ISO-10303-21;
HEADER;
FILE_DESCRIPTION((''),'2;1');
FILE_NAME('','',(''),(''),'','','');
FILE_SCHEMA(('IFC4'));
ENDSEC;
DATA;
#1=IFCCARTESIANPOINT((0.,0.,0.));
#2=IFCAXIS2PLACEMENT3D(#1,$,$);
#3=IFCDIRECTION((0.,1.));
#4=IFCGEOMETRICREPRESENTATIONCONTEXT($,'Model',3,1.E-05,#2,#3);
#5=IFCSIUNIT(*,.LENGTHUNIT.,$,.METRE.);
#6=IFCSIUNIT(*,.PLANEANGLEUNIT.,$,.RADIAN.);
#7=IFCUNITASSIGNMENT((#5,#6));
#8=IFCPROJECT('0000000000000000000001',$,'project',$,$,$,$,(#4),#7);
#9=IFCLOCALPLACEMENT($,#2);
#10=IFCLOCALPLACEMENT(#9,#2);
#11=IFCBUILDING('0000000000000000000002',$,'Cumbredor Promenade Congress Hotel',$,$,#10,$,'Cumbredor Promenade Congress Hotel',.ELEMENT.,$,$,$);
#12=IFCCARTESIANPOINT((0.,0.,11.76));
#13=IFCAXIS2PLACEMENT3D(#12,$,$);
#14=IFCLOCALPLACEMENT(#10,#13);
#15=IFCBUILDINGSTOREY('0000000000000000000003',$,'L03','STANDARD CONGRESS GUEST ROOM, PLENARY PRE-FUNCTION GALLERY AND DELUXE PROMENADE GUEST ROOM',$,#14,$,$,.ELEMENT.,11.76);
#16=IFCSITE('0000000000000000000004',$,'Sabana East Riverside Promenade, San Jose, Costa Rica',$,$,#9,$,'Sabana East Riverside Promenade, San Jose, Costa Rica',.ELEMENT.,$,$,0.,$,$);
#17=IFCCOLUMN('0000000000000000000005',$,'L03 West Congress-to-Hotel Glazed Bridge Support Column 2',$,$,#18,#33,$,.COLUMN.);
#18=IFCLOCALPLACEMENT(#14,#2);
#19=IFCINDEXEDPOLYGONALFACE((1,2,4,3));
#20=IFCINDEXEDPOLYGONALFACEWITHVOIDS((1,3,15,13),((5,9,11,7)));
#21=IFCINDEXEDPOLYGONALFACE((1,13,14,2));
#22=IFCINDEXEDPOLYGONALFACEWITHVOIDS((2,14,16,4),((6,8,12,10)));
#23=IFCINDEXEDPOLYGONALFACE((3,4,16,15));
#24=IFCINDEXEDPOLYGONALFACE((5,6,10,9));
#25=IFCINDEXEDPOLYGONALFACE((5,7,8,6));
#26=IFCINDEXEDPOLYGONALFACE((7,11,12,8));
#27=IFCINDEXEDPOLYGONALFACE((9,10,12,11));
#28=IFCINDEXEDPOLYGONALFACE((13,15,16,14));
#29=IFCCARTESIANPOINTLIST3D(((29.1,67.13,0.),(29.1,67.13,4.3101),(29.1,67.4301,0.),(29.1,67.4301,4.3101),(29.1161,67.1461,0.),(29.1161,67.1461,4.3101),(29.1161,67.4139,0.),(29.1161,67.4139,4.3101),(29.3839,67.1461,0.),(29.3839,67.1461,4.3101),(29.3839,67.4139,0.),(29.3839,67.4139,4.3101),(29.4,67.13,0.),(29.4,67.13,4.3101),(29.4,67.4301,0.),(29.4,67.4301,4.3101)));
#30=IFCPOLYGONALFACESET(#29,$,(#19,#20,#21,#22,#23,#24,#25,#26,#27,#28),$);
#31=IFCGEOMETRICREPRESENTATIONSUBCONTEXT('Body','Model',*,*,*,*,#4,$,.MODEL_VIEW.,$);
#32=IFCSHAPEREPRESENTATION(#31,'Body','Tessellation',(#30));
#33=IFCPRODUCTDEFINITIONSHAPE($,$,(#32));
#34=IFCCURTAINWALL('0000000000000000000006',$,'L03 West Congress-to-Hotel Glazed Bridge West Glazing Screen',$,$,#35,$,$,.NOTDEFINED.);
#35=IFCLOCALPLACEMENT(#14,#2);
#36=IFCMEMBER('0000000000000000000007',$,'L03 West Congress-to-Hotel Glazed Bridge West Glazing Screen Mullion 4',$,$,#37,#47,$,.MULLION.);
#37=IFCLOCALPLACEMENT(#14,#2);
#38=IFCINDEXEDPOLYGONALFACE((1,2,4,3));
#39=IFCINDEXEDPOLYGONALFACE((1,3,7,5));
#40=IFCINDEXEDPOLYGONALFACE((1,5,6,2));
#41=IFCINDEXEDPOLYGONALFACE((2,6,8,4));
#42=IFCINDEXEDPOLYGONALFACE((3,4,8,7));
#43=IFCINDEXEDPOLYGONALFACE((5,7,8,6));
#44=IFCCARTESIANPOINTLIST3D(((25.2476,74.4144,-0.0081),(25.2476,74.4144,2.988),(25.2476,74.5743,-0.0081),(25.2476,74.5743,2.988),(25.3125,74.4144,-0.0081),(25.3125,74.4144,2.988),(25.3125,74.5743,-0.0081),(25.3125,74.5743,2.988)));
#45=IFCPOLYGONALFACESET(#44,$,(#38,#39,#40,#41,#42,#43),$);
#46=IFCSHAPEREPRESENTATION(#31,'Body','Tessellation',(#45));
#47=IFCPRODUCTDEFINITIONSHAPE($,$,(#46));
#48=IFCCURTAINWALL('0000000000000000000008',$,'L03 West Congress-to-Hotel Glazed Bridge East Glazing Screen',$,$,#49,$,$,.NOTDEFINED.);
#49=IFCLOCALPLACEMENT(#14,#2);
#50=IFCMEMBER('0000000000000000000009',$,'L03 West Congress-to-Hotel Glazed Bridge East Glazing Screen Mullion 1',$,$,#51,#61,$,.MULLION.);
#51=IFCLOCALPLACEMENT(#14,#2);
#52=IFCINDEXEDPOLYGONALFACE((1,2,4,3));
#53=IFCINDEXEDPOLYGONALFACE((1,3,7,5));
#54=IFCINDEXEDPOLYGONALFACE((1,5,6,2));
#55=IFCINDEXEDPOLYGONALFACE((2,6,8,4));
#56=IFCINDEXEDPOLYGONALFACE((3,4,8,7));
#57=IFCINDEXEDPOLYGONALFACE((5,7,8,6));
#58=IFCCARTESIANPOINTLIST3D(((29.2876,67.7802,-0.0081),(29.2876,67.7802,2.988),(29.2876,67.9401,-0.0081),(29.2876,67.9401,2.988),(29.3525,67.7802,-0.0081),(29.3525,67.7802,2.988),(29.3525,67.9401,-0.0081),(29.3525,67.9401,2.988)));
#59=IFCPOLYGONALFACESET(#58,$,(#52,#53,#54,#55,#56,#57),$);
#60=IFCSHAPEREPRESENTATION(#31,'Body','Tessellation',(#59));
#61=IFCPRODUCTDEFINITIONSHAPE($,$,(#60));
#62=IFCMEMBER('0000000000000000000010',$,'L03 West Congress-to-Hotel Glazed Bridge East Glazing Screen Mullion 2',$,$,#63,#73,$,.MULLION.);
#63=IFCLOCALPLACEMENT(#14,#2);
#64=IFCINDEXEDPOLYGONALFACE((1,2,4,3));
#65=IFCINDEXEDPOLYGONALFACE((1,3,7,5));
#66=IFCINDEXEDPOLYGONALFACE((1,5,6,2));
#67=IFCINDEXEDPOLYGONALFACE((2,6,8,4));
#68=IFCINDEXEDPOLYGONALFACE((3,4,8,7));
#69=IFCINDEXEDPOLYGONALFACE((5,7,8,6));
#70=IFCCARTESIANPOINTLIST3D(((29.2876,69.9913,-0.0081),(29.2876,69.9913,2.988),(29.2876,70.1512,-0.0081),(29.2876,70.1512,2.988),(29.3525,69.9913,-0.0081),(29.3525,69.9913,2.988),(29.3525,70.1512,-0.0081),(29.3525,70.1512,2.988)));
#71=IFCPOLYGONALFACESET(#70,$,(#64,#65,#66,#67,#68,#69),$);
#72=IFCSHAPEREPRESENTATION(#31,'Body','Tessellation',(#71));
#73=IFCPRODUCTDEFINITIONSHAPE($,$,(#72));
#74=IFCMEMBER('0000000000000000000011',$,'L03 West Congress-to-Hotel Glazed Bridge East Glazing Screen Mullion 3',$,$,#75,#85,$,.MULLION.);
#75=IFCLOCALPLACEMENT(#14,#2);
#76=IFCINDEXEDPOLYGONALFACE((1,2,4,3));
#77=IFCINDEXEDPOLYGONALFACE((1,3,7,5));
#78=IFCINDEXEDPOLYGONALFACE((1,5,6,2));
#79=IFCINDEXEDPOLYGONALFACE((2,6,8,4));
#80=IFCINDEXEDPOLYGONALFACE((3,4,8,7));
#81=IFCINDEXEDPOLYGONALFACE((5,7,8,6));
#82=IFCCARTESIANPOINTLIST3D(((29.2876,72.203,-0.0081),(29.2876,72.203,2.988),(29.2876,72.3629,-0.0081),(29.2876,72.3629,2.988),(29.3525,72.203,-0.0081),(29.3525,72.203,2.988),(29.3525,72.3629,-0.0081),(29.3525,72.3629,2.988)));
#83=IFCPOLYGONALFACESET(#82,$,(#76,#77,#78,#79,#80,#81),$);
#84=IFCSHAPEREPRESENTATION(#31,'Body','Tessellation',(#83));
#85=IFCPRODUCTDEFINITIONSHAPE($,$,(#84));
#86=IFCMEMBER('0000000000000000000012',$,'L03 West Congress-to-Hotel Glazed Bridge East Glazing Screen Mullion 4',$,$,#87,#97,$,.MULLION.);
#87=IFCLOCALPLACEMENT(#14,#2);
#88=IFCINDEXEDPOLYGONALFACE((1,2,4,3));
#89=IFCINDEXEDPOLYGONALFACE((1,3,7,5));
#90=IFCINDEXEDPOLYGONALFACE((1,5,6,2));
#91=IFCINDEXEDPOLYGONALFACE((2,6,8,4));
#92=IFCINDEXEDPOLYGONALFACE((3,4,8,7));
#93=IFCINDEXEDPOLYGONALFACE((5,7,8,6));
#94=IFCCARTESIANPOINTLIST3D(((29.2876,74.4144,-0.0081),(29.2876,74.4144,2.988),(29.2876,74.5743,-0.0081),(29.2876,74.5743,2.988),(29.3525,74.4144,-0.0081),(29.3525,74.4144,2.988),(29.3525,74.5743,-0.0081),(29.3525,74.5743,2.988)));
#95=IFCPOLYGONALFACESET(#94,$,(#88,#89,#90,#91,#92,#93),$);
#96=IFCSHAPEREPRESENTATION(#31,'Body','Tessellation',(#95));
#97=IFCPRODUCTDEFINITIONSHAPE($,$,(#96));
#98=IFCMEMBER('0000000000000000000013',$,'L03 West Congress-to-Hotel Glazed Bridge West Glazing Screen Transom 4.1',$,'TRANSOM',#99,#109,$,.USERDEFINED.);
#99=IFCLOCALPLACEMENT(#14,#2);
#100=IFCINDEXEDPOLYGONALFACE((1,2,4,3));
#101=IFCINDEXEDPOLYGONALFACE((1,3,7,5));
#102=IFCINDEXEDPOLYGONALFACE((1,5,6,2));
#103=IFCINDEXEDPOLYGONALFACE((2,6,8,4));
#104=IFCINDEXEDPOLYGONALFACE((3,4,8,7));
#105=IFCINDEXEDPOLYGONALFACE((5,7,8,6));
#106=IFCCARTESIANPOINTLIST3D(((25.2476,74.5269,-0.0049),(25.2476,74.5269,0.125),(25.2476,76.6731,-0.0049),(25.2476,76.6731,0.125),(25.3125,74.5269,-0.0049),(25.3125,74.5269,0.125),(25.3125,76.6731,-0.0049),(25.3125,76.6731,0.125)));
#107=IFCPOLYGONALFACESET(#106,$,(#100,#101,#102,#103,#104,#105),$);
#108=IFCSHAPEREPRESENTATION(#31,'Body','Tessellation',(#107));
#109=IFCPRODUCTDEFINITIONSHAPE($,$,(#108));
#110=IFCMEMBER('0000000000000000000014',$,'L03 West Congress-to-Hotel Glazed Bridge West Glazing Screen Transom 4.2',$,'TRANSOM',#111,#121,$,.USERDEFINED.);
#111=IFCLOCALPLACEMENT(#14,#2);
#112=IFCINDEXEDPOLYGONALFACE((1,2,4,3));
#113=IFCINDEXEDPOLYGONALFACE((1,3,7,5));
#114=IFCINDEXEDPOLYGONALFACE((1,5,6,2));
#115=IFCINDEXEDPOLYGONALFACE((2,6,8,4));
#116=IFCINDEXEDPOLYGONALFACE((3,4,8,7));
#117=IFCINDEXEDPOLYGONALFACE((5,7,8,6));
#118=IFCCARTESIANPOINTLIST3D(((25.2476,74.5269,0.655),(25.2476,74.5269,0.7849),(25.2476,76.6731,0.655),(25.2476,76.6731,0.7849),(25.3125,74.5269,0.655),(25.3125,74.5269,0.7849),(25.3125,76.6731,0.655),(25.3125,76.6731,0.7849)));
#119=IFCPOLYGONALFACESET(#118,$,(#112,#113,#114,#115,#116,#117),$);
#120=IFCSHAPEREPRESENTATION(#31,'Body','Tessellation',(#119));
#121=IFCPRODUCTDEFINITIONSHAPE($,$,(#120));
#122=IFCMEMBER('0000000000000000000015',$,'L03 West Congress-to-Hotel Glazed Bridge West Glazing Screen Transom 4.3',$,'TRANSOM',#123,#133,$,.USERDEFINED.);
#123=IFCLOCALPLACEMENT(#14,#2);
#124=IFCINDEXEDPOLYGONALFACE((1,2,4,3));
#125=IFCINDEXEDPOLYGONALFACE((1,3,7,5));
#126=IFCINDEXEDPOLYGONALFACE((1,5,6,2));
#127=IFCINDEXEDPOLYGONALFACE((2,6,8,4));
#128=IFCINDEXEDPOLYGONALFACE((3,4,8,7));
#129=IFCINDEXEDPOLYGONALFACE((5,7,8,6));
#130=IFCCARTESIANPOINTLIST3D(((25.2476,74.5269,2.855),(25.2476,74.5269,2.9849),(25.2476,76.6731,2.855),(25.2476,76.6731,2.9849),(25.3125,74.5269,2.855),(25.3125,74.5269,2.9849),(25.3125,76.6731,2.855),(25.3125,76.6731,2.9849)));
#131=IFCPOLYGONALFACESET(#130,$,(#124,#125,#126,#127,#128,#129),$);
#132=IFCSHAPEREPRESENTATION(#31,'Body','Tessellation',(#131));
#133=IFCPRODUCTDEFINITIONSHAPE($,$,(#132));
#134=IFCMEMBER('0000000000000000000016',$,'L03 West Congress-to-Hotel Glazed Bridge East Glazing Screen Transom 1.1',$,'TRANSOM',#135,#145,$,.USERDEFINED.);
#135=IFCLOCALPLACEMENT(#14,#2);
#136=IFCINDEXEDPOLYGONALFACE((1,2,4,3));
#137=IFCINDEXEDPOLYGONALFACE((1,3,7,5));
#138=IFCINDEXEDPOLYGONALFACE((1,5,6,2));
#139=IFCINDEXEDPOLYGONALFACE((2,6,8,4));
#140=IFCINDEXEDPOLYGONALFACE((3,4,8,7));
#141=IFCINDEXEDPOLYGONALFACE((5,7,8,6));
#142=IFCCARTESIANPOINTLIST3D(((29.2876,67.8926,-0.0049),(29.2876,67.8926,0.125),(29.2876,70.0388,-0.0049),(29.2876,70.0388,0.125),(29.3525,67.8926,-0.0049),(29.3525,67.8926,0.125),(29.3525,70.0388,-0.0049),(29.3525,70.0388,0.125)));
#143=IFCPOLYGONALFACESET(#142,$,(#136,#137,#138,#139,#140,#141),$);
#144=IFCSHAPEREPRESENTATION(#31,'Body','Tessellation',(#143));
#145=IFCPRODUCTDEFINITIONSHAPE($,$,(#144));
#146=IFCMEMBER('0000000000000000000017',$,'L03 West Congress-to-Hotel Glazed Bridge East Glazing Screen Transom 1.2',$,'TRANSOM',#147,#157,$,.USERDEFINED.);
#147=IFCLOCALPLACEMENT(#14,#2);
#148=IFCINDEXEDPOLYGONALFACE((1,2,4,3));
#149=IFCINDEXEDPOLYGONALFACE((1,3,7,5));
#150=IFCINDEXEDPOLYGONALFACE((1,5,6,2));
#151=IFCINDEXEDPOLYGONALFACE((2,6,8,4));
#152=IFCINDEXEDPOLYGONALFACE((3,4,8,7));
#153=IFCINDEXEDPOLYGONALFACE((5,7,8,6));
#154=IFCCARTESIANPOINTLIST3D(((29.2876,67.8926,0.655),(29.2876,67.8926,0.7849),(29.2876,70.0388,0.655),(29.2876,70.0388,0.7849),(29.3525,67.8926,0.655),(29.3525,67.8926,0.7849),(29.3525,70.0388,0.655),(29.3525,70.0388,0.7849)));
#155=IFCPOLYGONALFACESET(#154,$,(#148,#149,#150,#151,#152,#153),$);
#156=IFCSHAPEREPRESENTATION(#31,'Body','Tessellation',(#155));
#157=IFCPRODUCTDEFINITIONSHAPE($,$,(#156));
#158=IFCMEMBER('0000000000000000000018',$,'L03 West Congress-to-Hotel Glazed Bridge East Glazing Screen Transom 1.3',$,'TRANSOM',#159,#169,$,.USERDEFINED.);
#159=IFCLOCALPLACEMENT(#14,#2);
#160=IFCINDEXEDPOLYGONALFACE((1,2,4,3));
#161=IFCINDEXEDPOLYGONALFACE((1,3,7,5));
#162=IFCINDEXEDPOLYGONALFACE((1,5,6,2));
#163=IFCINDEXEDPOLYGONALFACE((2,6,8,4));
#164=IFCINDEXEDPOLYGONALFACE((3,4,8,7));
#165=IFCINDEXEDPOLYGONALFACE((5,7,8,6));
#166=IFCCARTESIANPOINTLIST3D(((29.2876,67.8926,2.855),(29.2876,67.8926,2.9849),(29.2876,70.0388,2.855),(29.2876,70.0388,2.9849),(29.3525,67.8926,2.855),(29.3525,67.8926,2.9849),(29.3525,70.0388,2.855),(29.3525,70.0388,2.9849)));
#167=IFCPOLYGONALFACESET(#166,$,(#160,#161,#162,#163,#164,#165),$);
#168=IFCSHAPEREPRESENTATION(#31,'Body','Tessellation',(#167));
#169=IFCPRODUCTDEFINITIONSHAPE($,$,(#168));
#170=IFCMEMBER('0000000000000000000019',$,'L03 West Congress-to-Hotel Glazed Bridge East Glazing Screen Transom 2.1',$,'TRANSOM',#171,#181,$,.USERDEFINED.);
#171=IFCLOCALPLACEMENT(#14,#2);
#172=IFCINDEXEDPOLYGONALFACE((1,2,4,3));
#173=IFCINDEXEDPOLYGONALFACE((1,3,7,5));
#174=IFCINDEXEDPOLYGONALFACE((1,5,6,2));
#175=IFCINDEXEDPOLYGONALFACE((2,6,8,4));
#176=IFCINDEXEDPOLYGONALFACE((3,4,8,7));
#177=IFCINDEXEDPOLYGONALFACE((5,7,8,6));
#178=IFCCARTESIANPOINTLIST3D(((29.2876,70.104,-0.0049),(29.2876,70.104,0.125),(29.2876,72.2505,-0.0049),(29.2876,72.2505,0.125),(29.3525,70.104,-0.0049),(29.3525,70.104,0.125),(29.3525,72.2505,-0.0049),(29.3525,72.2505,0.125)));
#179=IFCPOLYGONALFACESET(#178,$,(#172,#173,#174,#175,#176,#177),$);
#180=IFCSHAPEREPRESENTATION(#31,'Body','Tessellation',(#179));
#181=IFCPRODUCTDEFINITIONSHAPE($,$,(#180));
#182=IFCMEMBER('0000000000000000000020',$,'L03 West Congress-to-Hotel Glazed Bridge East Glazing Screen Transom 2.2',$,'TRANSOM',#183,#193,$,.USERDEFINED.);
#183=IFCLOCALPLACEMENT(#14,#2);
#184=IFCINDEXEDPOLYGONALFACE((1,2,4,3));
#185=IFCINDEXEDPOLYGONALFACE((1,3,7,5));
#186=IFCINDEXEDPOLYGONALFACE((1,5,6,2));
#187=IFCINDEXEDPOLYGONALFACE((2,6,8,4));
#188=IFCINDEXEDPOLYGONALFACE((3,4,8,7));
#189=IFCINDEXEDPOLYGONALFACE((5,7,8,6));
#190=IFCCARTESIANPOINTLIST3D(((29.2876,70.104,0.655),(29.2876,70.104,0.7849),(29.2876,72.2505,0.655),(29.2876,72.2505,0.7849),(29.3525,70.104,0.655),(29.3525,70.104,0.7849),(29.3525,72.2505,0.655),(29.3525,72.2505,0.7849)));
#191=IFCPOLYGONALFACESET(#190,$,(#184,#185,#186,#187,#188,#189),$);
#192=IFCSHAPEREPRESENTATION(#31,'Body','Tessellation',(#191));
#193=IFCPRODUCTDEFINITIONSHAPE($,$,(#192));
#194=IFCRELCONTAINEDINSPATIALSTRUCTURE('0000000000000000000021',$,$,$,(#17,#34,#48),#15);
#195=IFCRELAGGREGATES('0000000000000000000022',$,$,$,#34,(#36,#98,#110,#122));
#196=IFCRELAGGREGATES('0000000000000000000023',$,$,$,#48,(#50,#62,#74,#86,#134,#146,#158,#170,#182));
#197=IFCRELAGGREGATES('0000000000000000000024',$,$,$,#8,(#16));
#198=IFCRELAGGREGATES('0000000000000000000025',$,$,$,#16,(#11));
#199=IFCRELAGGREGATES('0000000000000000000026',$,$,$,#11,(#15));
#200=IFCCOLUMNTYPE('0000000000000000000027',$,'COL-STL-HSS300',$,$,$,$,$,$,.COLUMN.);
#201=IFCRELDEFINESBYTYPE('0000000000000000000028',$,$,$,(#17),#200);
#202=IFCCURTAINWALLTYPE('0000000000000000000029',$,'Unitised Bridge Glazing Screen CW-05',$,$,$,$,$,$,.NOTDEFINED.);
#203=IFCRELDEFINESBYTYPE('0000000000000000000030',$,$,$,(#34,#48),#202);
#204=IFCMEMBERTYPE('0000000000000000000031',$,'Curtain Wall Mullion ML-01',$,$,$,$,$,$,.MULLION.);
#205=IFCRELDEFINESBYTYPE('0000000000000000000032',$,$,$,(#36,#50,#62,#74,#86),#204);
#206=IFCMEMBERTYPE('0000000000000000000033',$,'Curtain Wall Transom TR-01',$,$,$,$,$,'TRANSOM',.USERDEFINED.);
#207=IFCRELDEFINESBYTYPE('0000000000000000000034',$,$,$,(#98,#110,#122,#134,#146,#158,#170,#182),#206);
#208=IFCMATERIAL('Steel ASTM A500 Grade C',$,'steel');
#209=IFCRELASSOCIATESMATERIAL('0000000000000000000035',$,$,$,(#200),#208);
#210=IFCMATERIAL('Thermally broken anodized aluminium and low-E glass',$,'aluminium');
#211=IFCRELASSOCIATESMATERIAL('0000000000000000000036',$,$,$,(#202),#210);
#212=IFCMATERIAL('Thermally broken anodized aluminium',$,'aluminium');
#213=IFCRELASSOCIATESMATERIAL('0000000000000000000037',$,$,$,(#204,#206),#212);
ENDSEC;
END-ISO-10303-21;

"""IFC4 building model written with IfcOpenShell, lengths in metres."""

from ifc_helpers import new_model, si_unit, direction, frame, origin, origin_2d, place, context, subcontext, project, spatial, rectangle, hollow_rectangle, extrude, material, material_profile, profile_set, type_object, element, aggregate, save


model = new_model("IFC4")

# Units and contexts
model_context = context("Model", 3, precision=1e-05, world=origin(), true_north=direction((0.0, 1.0)))
body_context = subcontext(model_context, "Body", "Model", "MODEL_VIEW")
ifc_project = project(units=[si_unit("LENGTHUNIT", "METRE"), si_unit("PLANEANGLEUNIT", "RADIAN")], contexts=[model_context])

# Site, building, storey
site_placement = place(None, origin())
site = spatial("IfcSite", under=ifc_project, at=site_placement, Name="Sabana East Riverside Promenade, San Jose, Costa Rica", LongName="Sabana East Riverside Promenade, San Jose, Costa Rica", CompositionType="ELEMENT", RefElevation=0.0)
building_placement = place(site_placement, origin())
building = spatial("IfcBuilding", under=site, at=building_placement, Name="Cumbredor Promenade Congress Hotel", LongName="Cumbredor Promenade Congress Hotel", CompositionType="ELEMENT")
storey_placement = place(building_placement, frame((0.0, 0.0, 11.76)))
storey = spatial("IfcBuildingStorey", under=building, at=storey_placement, Name="L03", Description="STANDARD CONGRESS GUEST ROOM, PLENARY PRE-FUNCTION GALLERY AND DELUXE PROMENADE GUEST ROOM", CompositionType="ELEMENT", Elevation=11.76)

# Column
ifc_material_1 = material(Name="Steel ASTM A500 Grade C", Category="steel")
ifc_material_profile_1 = material_profile(ifc_material_1, hollow_rectangle(XDim=0.3, YDim=0.3, WallThickness=0.0161, at=origin_2d()), Name="HSS 300x300x16")
ifc_profile_set_1 = profile_set([ifc_material_profile_1], Name="Steel ASTM A500 Grade C")
column_type = type_object("IfcColumnType", Name="COL-STL-HSS300", PredefinedType="COLUMN", material=ifc_profile_set_1)
column_placement = place(storey_placement, frame((29.25, 67.28, 0.0), z_axis=(0.0, 0.0, 1.0), x_axis=(1.0, 0.0, 0.0)))
element("IfcColumn", 1, at=column_placement, inside=storey, type_object=column_type, Name="L03 West Congress-to-Hotel Glazed Bridge Support Column 2", PredefinedType="COLUMN", context=body_context, shape_type="SweptSolid", body=[
    extrude(hollow_rectangle(XDim=0.3, YDim=0.3, WallThickness=0.0161, at=origin_2d()), origin(), (0.0, 0.0, 1.0), 4.3101),
])

# Curtain wall, member
ifc_material_2 = material(Name="Thermally broken anodized aluminium and low-E glass", Category="aluminium")
curtain_wall_type = type_object("IfcCurtainWallType", Name="Unitised Bridge Glazing Screen CW-05", PredefinedType="NOTDEFINED", material=ifc_material_2)
curtain_wall_1_placement = place(storey_placement, origin())
curtain_wall_1 = element("IfcCurtainWall", 2, at=curtain_wall_1_placement, inside=storey, type_object=curtain_wall_type, Name="L03 West Congress-to-Hotel Glazed Bridge West Glazing Screen", PredefinedType="NOTDEFINED")
ifc_material_3 = material(Name="Thermally broken anodized aluminium", Category="aluminium")
ifc_material_profile_2 = material_profile(ifc_material_3, rectangle(XDim=0.0649, YDim=0.1599, at=origin_2d()), Name="ALU MULLION 65x160")
ifc_profile_set_2 = profile_set([ifc_material_profile_2], Name="Thermally broken anodized aluminium")
member_type_1 = type_object("IfcMemberType", Name="Curtain Wall Mullion ML-01", PredefinedType="MULLION", material=ifc_profile_set_2)
member_1_placement = place(storey_placement, frame((25.28, 74.4944, -0.0081), z_axis=(0.0, 0.0, 1.0), x_axis=(1.0, 0.0, 0.0)))
member_1 = element("IfcMember", 3, at=member_1_placement, type_object=member_type_1, Name="L03 West Congress-to-Hotel Glazed Bridge West Glazing Screen Mullion 4", PredefinedType="MULLION", context=body_context, shape_type="SweptSolid", body=[
    extrude(rectangle(XDim=0.0649, YDim=0.1599, at=origin_2d()), origin(), (0.0, 0.0, 1.0), 2.9961),
])

# Curtain wall, members
curtain_wall_2_placement = place(storey_placement, origin())
curtain_wall_2 = element("IfcCurtainWall", 4, at=curtain_wall_2_placement, inside=storey, type_object=curtain_wall_type, Name="L03 West Congress-to-Hotel Glazed Bridge East Glazing Screen", PredefinedType="NOTDEFINED")
member_2_placement = place(storey_placement, frame((29.3201, 67.8601, -0.0081), z_axis=(0.0, 0.0, 1.0), x_axis=(1.0, 0.0, 0.0)))
member_2 = element("IfcMember", 5, at=member_2_placement, type_object=member_type_1, Name="L03 West Congress-to-Hotel Glazed Bridge East Glazing Screen Mullion 1", PredefinedType="MULLION", context=body_context, shape_type="SweptSolid", body=[
    extrude(rectangle(XDim=0.0649, YDim=0.1599, at=origin_2d()), origin(), (0.0, 0.0, 1.0), 2.9961),
])
member_3_placement = place(storey_placement, frame((29.3201, 70.0713, -0.0081), z_axis=(0.0, 0.0, 1.0), x_axis=(1.0, 0.0, 0.0)))
member_3 = element("IfcMember", 6, at=member_3_placement, type_object=member_type_1, Name="L03 West Congress-to-Hotel Glazed Bridge East Glazing Screen Mullion 2", PredefinedType="MULLION", context=body_context, shape_type="SweptSolid", body=[
    extrude(rectangle(XDim=0.0649, YDim=0.1599, at=origin_2d()), origin(), (0.0, 0.0, 1.0), 2.9961),
])
member_4_placement = place(storey_placement, frame((29.3201, 72.283, -0.0081), z_axis=(0.0, 0.0, 1.0), x_axis=(1.0, 0.0, 0.0)))
member_4 = element("IfcMember", 7, at=member_4_placement, type_object=member_type_1, Name="L03 West Congress-to-Hotel Glazed Bridge East Glazing Screen Mullion 3", PredefinedType="MULLION", context=body_context, shape_type="SweptSolid", body=[
    extrude(rectangle(XDim=0.0649, YDim=0.1599, at=origin_2d()), origin(), (0.0, 0.0, 1.0), 2.9961),
])
member_5_placement = place(storey_placement, frame((29.3201, 74.4944, -0.0081), z_axis=(0.0, 0.0, 1.0), x_axis=(1.0, 0.0, 0.0)))
member_5 = element("IfcMember", 8, at=member_5_placement, type_object=member_type_1, Name="L03 West Congress-to-Hotel Glazed Bridge East Glazing Screen Mullion 4", PredefinedType="MULLION", context=body_context, shape_type="SweptSolid", body=[
    extrude(rectangle(XDim=0.0649, YDim=0.1599, at=origin_2d()), origin(), (0.0, 0.0, 1.0), 2.9961),
])

# Members
ifc_material_profile_3 = material_profile(ifc_material_3, rectangle(XDim=0.0649, YDim=0.1299, at=origin_2d()), Name="ALU TRANSOM 65x130")
ifc_profile_set_3 = profile_set([ifc_material_profile_3], Name="Thermally broken anodized aluminium")
member_type_2 = type_object("IfcMemberType", Name="Curtain Wall Transom TR-01", ElementType="TRANSOM", PredefinedType="USERDEFINED", material=ifc_profile_set_3)
member_6_placement = place(storey_placement, frame((25.28, 74.5269, 0.0601), z_axis=(0.0, 1.0, 0.0), x_axis=(-1.0, 0.0, 0.0)))
member_6 = element("IfcMember", 9, at=member_6_placement, type_object=member_type_2, Name="L03 West Congress-to-Hotel Glazed Bridge West Glazing Screen Transom 4.1", ObjectType="TRANSOM", PredefinedType="USERDEFINED", context=body_context, shape_type="SweptSolid", body=[
    extrude(rectangle(XDim=0.0649, YDim=0.1299, at=origin_2d()), origin(), (0.0, 0.0, 1.0), 2.1462),
])
member_7_placement = place(storey_placement, frame((25.28, 74.5269, 0.72), z_axis=(0.0, 1.0, 0.0), x_axis=(-1.0, 0.0, 0.0)))
member_7 = element("IfcMember", 10, at=member_7_placement, type_object=member_type_2, Name="L03 West Congress-to-Hotel Glazed Bridge West Glazing Screen Transom 4.2", ObjectType="TRANSOM", PredefinedType="USERDEFINED", context=body_context, shape_type="SweptSolid", body=[
    extrude(rectangle(XDim=0.0649, YDim=0.1299, at=origin_2d()), origin(), (0.0, 0.0, 1.0), 2.1462),
])
member_8_placement = place(storey_placement, frame((25.28, 74.5269, 2.9199), z_axis=(0.0, 1.0, 0.0), x_axis=(-1.0, 0.0, 0.0)))
member_8 = element("IfcMember", 11, at=member_8_placement, type_object=member_type_2, Name="L03 West Congress-to-Hotel Glazed Bridge West Glazing Screen Transom 4.3", ObjectType="TRANSOM", PredefinedType="USERDEFINED", context=body_context, shape_type="SweptSolid", body=[
    extrude(rectangle(XDim=0.0649, YDim=0.1299, at=origin_2d()), origin(), (0.0, 0.0, 1.0), 2.1462),
])
member_9_placement = place(storey_placement, frame((29.3201, 67.8926, 0.0601), z_axis=(0.0, 1.0, 0.0), x_axis=(-1.0, 0.0, 0.0)))
member_9 = element("IfcMember", 12, at=member_9_placement, type_object=member_type_2, Name="L03 West Congress-to-Hotel Glazed Bridge East Glazing Screen Transom 1.1", ObjectType="TRANSOM", PredefinedType="USERDEFINED", context=body_context, shape_type="SweptSolid", body=[
    extrude(rectangle(XDim=0.0649, YDim=0.1299, at=origin_2d()), origin(), (0.0, 0.0, 1.0), 2.1462),
])
member_10_placement = place(storey_placement, frame((29.3201, 67.8926, 0.72), z_axis=(0.0, 1.0, 0.0), x_axis=(-1.0, 0.0, 0.0)))
member_10 = element("IfcMember", 13, at=member_10_placement, type_object=member_type_2, Name="L03 West Congress-to-Hotel Glazed Bridge East Glazing Screen Transom 1.2", ObjectType="TRANSOM", PredefinedType="USERDEFINED", context=body_context, shape_type="SweptSolid", body=[
    extrude(rectangle(XDim=0.0649, YDim=0.1299, at=origin_2d()), origin(), (0.0, 0.0, 1.0), 2.1462),
])
member_11_placement = place(storey_placement, frame((29.3201, 67.8926, 2.9199), z_axis=(0.0, 1.0, 0.0), x_axis=(-1.0, 0.0, 0.0)))
member_11 = element("IfcMember", 14, at=member_11_placement, type_object=member_type_2, Name="L03 West Congress-to-Hotel Glazed Bridge East Glazing Screen Transom 1.3", ObjectType="TRANSOM", PredefinedType="USERDEFINED", context=body_context, shape_type="SweptSolid", body=[
    extrude(rectangle(XDim=0.0649, YDim=0.1299, at=origin_2d()), origin(), (0.0, 0.0, 1.0), 2.1462),
])
member_12_placement = place(storey_placement, frame((29.3201, 70.104, 0.0601), z_axis=(0.0, 1.0, 0.0), x_axis=(-1.0, 0.0, 0.0)))
member_12 = element("IfcMember", 15, at=member_12_placement, type_object=member_type_2, Name="L03 West Congress-to-Hotel Glazed Bridge East Glazing Screen Transom 2.1", ObjectType="TRANSOM", PredefinedType="USERDEFINED", context=body_context, shape_type="SweptSolid", body=[
    extrude(rectangle(XDim=0.0649, YDim=0.1299, at=origin_2d()), origin(), (0.0, 0.0, 1.0), 2.1465),
])
member_13_placement = place(storey_placement, frame((29.3201, 70.104, 0.72), z_axis=(0.0, 1.0, 0.0), x_axis=(-1.0, 0.0, 0.0)))
member_13 = element("IfcMember", 16, at=member_13_placement, type_object=member_type_2, Name="L03 West Congress-to-Hotel Glazed Bridge East Glazing Screen Transom 2.2", ObjectType="TRANSOM", PredefinedType="USERDEFINED", context=body_context, shape_type="SweptSolid", body=[
    extrude(rectangle(XDim=0.0649, YDim=0.1299, at=origin_2d()), origin(), (0.0, 0.0, 1.0), 2.1465),
])

aggregate(curtain_wall_1, [member_1, member_6, member_7, member_8])
aggregate(curtain_wall_2, [member_2, member_3, member_4, member_5, member_9, member_10, member_11, member_12, member_13])

save(model, "model.ifc")
